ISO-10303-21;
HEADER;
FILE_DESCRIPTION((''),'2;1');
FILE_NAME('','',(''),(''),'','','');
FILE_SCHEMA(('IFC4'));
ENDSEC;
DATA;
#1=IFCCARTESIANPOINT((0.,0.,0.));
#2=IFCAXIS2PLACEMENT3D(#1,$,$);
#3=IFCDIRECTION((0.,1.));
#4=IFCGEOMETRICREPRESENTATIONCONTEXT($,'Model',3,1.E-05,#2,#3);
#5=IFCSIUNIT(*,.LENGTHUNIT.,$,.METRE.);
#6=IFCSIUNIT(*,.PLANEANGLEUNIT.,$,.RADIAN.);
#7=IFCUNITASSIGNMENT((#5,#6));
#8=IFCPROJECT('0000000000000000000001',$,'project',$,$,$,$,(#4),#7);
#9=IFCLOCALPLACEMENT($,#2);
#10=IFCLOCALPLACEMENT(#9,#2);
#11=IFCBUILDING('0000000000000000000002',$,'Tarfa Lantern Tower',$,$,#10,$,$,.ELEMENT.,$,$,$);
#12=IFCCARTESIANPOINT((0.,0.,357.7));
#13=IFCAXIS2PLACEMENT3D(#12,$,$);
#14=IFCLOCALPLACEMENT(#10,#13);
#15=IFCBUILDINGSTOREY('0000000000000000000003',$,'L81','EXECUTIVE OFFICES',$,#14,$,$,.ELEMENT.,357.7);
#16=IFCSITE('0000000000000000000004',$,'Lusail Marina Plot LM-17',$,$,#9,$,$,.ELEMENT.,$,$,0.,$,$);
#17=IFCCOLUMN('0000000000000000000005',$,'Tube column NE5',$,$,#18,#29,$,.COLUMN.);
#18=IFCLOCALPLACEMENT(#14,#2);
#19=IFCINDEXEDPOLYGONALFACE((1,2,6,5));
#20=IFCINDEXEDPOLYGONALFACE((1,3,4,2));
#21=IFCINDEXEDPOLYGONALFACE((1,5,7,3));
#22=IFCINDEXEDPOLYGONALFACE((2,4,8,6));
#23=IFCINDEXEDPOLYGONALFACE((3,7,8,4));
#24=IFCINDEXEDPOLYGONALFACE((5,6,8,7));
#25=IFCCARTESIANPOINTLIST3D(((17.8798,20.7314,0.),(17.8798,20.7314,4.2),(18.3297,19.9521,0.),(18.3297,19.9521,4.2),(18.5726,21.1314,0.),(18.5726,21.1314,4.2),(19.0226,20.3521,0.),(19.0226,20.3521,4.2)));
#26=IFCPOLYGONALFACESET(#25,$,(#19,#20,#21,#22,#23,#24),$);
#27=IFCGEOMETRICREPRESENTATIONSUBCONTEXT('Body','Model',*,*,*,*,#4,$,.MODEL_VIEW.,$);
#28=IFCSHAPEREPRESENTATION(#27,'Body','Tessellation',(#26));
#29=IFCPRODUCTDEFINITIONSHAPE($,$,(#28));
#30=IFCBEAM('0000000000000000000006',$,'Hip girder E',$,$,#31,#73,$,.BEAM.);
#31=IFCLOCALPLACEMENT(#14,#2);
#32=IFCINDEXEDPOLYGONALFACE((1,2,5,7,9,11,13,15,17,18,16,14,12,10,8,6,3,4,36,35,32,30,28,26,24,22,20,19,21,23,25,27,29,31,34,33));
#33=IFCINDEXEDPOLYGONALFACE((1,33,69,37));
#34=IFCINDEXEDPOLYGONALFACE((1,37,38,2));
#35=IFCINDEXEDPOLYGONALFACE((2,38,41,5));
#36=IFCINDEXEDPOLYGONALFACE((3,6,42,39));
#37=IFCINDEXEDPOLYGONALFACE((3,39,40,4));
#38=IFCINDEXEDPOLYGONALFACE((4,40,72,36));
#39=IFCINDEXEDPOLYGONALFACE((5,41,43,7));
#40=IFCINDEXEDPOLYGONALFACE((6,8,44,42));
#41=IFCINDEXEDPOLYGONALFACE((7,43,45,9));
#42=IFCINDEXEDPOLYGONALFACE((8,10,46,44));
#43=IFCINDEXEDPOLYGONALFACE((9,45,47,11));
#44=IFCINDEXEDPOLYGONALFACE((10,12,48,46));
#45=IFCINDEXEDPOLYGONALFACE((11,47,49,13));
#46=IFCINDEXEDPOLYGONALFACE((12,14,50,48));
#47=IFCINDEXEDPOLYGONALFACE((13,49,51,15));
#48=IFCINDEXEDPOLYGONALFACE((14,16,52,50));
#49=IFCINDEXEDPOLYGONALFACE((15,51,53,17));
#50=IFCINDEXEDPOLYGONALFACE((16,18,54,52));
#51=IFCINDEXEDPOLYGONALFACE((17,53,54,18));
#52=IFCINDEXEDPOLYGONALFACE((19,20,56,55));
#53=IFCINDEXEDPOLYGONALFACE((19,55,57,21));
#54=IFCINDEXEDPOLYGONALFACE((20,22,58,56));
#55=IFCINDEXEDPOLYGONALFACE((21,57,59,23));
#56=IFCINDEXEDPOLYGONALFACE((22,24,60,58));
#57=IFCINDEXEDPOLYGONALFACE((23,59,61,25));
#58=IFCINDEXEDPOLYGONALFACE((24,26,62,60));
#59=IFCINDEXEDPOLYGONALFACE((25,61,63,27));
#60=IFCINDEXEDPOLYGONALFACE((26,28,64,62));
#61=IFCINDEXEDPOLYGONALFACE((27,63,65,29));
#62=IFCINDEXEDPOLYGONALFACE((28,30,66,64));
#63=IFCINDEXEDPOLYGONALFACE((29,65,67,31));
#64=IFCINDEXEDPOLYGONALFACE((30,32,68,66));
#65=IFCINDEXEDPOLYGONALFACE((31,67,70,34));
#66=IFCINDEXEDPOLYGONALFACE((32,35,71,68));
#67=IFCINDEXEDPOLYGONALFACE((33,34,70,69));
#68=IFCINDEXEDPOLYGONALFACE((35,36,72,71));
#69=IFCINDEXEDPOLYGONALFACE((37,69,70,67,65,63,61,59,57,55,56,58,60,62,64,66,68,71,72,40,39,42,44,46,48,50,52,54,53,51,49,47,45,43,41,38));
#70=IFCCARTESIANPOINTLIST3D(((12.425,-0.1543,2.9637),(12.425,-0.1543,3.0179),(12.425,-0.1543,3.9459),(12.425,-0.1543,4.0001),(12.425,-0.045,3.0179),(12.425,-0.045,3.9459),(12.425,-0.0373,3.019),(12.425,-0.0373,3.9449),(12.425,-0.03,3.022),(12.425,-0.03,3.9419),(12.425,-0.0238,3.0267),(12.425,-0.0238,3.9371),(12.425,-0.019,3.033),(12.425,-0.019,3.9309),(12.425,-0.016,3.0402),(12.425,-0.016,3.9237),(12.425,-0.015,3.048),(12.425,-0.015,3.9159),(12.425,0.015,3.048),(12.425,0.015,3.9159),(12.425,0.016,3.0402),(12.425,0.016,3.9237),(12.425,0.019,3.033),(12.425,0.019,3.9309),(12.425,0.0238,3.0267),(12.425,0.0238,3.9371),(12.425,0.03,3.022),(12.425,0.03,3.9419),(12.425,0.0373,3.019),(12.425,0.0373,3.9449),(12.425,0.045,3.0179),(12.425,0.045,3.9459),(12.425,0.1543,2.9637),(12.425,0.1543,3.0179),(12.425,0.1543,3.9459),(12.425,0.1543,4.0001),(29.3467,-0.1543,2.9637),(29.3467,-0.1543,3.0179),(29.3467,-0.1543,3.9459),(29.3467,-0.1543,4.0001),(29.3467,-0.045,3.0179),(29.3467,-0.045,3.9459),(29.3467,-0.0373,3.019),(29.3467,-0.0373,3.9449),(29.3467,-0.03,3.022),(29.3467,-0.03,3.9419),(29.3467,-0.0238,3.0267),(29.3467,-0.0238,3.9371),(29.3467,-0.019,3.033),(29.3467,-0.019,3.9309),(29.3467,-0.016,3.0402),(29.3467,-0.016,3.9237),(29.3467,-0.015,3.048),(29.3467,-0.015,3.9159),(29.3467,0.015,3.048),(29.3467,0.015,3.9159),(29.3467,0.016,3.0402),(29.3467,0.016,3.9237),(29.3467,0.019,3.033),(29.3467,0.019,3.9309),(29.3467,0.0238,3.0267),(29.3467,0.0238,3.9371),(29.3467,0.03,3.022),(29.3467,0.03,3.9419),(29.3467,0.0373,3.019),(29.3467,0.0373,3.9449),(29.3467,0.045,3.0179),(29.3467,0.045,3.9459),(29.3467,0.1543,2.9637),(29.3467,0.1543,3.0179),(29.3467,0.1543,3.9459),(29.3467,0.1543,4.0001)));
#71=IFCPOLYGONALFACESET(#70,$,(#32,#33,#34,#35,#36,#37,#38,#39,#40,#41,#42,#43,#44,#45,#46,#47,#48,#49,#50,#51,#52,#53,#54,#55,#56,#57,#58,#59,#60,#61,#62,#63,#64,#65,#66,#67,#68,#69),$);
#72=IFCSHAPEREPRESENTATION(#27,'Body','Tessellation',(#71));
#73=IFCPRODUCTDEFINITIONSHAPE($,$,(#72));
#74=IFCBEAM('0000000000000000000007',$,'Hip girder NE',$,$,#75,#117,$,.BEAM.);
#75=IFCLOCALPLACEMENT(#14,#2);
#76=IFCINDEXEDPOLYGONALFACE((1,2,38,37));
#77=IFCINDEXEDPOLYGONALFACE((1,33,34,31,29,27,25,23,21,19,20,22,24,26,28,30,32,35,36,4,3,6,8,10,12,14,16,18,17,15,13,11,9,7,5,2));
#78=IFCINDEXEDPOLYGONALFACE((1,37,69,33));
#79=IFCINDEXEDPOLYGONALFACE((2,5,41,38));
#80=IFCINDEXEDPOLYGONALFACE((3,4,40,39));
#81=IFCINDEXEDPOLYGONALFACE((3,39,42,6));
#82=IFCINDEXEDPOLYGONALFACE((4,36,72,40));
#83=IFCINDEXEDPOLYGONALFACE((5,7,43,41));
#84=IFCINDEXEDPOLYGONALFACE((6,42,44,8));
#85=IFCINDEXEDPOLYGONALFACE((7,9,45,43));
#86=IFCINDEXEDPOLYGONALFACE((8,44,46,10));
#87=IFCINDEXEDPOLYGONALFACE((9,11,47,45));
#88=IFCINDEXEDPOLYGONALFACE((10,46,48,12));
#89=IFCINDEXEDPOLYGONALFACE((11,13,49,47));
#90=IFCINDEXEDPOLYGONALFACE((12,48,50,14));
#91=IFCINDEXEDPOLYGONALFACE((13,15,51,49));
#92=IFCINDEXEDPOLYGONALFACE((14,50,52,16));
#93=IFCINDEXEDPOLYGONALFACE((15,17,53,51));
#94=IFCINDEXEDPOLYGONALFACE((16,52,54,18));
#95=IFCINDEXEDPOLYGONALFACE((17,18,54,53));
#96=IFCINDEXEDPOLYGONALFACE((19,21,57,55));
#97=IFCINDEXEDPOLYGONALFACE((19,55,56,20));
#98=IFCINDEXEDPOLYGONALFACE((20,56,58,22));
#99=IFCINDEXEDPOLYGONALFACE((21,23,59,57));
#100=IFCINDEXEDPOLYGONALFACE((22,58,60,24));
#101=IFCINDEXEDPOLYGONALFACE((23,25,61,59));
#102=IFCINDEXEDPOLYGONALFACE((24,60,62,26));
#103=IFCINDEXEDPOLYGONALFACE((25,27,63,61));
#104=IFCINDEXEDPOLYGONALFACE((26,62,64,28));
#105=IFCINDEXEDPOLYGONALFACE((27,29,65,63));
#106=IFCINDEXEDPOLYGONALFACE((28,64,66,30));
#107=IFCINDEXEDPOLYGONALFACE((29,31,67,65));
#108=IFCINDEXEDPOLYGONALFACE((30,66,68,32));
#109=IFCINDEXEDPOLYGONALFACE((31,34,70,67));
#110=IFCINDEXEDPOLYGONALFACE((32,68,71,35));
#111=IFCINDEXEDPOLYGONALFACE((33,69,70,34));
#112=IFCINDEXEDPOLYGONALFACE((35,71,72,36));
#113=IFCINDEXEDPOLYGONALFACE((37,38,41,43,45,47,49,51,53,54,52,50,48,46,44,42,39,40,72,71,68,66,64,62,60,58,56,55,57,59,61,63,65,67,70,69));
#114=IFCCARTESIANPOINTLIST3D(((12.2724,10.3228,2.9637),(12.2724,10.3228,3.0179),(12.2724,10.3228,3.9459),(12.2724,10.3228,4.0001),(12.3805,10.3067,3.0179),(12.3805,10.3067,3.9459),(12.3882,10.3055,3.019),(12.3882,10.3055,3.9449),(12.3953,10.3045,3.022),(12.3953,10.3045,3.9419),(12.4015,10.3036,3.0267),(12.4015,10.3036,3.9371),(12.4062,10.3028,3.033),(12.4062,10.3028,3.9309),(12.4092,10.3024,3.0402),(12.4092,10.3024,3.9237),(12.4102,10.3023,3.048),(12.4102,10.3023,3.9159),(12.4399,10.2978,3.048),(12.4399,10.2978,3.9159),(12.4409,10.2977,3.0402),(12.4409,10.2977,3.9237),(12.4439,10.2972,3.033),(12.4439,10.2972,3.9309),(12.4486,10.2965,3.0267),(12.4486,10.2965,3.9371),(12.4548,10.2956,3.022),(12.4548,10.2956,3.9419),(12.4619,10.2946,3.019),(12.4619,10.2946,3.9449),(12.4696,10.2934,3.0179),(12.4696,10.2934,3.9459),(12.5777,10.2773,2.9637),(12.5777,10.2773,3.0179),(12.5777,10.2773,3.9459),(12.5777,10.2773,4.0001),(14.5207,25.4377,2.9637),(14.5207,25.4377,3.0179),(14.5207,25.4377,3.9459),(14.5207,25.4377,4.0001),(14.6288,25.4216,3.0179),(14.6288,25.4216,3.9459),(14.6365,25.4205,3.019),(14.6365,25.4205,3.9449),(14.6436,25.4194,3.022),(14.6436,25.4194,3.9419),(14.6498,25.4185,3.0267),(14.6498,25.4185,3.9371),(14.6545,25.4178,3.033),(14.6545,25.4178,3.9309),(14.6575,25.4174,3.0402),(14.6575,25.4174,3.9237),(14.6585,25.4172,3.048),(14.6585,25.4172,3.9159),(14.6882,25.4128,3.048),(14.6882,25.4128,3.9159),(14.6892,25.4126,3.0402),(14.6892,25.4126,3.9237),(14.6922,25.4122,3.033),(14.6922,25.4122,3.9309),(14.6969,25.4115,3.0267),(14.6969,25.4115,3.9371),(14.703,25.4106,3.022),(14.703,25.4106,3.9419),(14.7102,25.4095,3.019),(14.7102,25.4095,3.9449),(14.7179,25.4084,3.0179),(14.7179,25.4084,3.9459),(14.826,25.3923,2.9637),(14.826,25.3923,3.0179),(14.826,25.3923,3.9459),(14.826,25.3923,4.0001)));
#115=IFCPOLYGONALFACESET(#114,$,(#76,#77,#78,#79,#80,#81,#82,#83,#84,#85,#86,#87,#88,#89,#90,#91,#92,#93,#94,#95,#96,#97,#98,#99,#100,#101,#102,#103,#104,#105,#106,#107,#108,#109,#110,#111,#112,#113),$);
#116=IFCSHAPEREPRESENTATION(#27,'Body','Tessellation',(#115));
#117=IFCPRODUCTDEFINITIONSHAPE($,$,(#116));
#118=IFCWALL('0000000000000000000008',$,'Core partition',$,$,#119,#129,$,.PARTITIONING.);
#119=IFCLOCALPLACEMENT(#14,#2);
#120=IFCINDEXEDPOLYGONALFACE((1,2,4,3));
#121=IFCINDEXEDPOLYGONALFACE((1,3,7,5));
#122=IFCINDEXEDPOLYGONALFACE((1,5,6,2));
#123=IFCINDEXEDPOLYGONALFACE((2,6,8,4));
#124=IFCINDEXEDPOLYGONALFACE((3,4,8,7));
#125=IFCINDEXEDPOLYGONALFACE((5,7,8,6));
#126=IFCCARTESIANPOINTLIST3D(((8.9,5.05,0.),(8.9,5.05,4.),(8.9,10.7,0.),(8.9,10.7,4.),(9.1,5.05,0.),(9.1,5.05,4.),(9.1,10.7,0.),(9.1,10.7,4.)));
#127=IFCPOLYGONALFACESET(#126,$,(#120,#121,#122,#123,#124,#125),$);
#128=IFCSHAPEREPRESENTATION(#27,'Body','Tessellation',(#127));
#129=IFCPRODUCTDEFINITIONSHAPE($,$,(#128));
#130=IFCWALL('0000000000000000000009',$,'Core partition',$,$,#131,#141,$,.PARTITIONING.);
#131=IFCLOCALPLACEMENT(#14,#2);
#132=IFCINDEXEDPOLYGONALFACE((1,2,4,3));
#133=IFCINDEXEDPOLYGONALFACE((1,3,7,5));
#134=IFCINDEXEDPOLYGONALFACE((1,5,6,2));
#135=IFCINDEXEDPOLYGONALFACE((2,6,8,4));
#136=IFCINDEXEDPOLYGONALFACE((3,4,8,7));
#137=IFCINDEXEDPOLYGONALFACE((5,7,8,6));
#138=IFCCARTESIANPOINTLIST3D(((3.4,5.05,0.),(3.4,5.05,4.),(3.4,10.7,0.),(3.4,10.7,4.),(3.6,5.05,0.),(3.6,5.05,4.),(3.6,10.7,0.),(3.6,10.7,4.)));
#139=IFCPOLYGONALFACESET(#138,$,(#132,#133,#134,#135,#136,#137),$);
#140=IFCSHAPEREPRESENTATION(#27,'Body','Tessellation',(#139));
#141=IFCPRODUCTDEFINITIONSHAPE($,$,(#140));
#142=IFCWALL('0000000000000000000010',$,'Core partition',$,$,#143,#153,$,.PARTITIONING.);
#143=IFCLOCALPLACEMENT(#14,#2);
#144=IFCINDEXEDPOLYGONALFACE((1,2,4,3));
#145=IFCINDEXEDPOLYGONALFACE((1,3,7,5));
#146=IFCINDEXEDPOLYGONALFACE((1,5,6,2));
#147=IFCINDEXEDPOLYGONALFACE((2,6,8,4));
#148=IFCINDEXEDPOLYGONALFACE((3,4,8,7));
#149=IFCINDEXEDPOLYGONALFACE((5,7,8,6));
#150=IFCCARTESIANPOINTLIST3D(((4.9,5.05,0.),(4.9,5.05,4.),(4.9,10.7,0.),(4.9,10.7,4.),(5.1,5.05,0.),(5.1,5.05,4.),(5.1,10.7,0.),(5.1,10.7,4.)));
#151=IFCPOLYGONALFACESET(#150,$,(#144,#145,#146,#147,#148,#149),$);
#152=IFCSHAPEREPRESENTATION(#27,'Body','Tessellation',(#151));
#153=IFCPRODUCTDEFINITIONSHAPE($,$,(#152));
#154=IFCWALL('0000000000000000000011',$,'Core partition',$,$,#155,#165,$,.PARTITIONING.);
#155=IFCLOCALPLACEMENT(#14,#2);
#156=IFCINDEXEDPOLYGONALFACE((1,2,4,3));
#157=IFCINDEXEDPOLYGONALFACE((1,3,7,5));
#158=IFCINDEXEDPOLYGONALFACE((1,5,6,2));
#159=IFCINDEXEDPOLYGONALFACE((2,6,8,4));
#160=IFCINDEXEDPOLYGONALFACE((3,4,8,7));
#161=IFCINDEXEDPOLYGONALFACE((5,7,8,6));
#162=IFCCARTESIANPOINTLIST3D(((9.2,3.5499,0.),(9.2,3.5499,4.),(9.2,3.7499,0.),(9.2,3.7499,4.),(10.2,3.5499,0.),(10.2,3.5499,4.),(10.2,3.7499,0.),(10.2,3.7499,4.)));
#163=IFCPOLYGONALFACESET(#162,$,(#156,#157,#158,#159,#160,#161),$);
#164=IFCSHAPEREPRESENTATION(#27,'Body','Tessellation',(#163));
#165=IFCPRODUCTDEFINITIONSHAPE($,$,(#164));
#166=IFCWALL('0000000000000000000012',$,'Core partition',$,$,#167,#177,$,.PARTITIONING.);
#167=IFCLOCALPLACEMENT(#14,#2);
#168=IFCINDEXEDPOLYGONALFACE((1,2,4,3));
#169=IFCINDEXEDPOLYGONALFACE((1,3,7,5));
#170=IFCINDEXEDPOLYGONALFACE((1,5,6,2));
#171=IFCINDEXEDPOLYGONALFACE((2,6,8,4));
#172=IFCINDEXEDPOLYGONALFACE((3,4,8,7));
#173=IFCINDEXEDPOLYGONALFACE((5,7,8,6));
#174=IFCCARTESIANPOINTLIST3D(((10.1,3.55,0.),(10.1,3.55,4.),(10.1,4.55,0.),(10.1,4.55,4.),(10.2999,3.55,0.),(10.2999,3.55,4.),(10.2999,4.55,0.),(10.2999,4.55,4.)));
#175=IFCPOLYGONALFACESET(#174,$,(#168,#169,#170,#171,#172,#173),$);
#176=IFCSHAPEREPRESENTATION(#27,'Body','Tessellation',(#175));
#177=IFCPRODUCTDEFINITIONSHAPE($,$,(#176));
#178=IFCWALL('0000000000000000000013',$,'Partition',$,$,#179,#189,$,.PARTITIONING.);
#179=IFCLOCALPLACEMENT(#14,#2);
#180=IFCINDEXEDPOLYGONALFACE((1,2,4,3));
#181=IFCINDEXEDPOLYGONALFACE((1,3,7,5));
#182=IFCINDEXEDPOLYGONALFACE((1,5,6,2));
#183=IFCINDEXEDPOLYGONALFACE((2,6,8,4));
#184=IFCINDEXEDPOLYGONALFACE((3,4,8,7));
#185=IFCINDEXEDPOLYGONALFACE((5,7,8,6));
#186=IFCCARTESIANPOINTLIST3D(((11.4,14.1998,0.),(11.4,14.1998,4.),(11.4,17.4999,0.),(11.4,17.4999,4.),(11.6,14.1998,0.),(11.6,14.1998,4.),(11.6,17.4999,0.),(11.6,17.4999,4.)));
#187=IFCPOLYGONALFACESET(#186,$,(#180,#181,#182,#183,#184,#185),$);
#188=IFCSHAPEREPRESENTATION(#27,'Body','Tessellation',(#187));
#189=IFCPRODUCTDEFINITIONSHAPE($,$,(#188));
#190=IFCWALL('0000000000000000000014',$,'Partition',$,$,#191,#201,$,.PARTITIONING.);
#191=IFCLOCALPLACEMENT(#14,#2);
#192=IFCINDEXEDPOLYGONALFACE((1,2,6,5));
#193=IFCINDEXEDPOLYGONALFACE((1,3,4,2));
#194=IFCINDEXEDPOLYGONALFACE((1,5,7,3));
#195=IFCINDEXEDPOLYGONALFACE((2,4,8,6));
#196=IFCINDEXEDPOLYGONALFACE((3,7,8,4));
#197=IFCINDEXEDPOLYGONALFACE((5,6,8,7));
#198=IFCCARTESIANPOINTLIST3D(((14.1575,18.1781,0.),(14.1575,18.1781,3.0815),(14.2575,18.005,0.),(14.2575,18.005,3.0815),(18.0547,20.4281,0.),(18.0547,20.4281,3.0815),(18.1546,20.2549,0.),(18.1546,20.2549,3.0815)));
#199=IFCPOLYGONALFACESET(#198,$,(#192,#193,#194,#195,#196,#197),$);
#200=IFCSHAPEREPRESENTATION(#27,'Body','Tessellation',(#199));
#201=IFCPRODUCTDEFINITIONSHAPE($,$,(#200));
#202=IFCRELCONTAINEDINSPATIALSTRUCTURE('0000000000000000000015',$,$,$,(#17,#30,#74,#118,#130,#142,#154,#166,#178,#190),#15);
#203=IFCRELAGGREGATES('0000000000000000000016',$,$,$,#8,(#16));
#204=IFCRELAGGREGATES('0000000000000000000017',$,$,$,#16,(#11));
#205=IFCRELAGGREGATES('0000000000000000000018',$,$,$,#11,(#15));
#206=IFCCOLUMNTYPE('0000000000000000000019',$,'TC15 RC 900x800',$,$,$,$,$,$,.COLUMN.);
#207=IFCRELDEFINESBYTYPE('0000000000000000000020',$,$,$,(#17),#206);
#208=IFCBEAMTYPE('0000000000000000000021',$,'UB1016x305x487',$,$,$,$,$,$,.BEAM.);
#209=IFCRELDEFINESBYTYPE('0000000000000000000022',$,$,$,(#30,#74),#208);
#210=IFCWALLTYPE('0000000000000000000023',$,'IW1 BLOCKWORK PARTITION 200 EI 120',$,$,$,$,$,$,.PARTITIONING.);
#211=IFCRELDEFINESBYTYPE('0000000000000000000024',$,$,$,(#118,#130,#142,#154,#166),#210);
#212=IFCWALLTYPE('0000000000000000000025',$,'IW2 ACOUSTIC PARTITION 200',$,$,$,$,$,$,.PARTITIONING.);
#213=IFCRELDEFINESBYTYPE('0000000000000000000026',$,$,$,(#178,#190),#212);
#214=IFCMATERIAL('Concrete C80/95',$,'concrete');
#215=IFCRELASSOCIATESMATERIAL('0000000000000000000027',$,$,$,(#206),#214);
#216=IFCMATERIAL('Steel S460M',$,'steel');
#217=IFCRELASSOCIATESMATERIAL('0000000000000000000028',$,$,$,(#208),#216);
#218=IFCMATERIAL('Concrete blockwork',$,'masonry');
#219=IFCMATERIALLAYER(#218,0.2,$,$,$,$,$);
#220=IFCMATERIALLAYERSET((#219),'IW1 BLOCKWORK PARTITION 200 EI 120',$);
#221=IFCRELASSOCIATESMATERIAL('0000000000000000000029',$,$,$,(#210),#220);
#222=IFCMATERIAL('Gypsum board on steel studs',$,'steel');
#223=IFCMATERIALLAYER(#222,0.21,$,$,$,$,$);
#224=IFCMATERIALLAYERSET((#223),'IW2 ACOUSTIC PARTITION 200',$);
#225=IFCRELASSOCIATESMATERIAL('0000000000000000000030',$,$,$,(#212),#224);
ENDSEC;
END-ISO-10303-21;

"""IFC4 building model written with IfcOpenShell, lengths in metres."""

from ifc_helpers import new_model, si_unit, direction, frame, frame_2d, origin, origin_2d, place, context, subcontext, project, spatial, rectangle, i_section, extrude, material, layer, layer_set, material_profile, profile_set, type_object, element, save


model = new_model("IFC4")

# Units and contexts
model_context = context("Model", 3, precision=1e-05, world=origin(), true_north=direction((0.0, 1.0)))
body_context = subcontext(model_context, "Body", "Model", "MODEL_VIEW")
ifc_project = project(units=[si_unit("LENGTHUNIT", "METRE"), si_unit("PLANEANGLEUNIT", "RADIAN")], contexts=[model_context])

# Site, building, storey
site_placement = place(None, origin())
site = spatial("IfcSite", under=ifc_project, at=site_placement, Name="Lusail Marina Plot LM-17", CompositionType="ELEMENT", RefElevation=0.0)
building_placement = place(site_placement, origin())
building = spatial("IfcBuilding", under=site, at=building_placement, Name="Tarfa Lantern Tower", CompositionType="ELEMENT")
storey_placement = place(building_placement, frame((0.0, 0.0, 357.7)))
storey = spatial("IfcBuildingStorey", under=building, at=storey_placement, Name="L81", Description="EXECUTIVE OFFICES", CompositionType="ELEMENT", Elevation=357.7)

# Column
ifc_material_1 = material(Name="Concrete C80/95", Category="concrete")
ifc_material_profile_1 = material_profile(ifc_material_1, rectangle(XDim=0.8999, YDim=0.8, at=origin_2d()), Name="RC 900x800")
ifc_profile_set_1 = profile_set([ifc_material_profile_1], Name="Concrete C80/95")
column_type = type_object("IfcColumnType", Name="TC15 RC 900x800", PredefinedType="COLUMN", material=ifc_profile_set_1)
column_placement = place(storey_placement, frame((18.4512, 20.5417, 0.0), z_axis=(0.0, 0.0, 1.0), x_axis=(-0.5, 0.866025, 0.0)))
element("IfcColumn", 1, at=column_placement, inside=storey, type_object=column_type, Name="Tube column NE5", PredefinedType="COLUMN", context=body_context, shape_type="SweptSolid", body=[
    extrude(rectangle(XDim=0.8999, YDim=0.8, at=origin_2d()), origin(), (0.0, 0.0, 1.0), 4.2),
])

# Beams
ifc_material_2 = material(Name="Steel S460M", Category="steel")
ifc_material_profile_2 = material_profile(ifc_material_2, i_section(OverallWidth=0.3086, OverallDepth=1.0364, WebThickness=0.03, FlangeThickness=0.0542, FilletRadius=0.03, at=origin_2d()), Name="UB1016x305x487")
ifc_profile_set_2 = profile_set([ifc_material_profile_2], Name="Steel S460M")
beam_type = type_object("IfcBeamType", Name="UB1016x305x487", PredefinedType="BEAM", material=ifc_profile_set_2)
beam_1_placement = place(storey_placement, frame((12.425, 0.0, 3.4819), z_axis=(1.0, 0.0, 0.0), x_axis=(0.0, 1.0, 0.0)))
element("IfcBeam", 2, at=beam_1_placement, inside=storey, type_object=beam_type, Name="Hip girder E", PredefinedType="BEAM", context=body_context, shape_type="SweptSolid", body=[
    extrude(i_section(OverallWidth=0.3086, OverallDepth=1.0364, WebThickness=0.03, FlangeThickness=0.0542, FilletRadius=0.03, at=origin_2d()), origin(), (0.0, 0.0, 1.0), 16.9216),
])
beam_2_placement = place(storey_placement, frame((12.425, 10.3, 3.4819), z_axis=(0.147127, 0.989118, 0.0), x_axis=(-0.989118, 0.147127, 0.0)))
element("IfcBeam", 3, at=beam_2_placement, inside=storey, type_object=beam_type, Name="Hip girder NE", PredefinedType="BEAM", context=body_context, shape_type="SweptSolid", body=[
    extrude(i_section(OverallWidth=0.3086, OverallDepth=1.0364, WebThickness=0.03, FlangeThickness=0.0542, FilletRadius=0.03, at=origin_2d()), origin(), (0.0, 0.0, 1.0), 15.2812),
])

# Walls
ifc_material_3 = material(Name="Concrete blockwork", Category="masonry")
ifc_layer_1 = layer(ifc_material_3, 0.2)
ifc_layer_set_1 = layer_set([ifc_layer_1], Name="IW1 BLOCKWORK PARTITION 200 EI 120")
wall_type_1 = type_object("IfcWallType", Name="IW1 BLOCKWORK PARTITION 200 EI 120", PredefinedType="PARTITIONING", material=ifc_layer_set_1)
for number, where, z_axis, x_axis, name in (
    (4, (9.0, 5.05, 0.0), (0.0, 0.0, 1.0), (0.0, 1.0, 0.0), "Core partition"),
    (5, (3.5, 5.05, 0.0), (0.0, 0.0, 1.0), (0.0, 1.0, 0.0), "Core partition"),
    (6, (5.0, 5.05, 0.0), (0.0, 0.0, 1.0), (0.0, 1.0, 0.0), "Core partition"),
):
    element("IfcWall", number, at=place(storey_placement, frame(where, z_axis=z_axis, x_axis=x_axis)), inside=storey, type_object=wall_type_1, Name=name, PredefinedType="PARTITIONING", context=body_context, shape_type="SweptSolid", body=[
        extrude(rectangle(XDim=5.6499, YDim=0.2, at=frame_2d((2.825, 0.0))), origin(), (0.0, 0.0, 1.0), 4.0),
    ])
for number, where, z_axis, x_axis, name in (
    (7, (9.2, 3.6499, 0.0), (0.0, 0.0, 1.0), (1.0, 0.0, 0.0), "Core partition"),
    (8, (10.2, 3.55, 0.0), (0.0, 0.0, 1.0), (0.0, 1.0, 0.0), "Core partition"),
):
    element("IfcWall", number, at=place(storey_placement, frame(where, z_axis=z_axis, x_axis=x_axis)), inside=storey, type_object=wall_type_1, Name=name, PredefinedType="PARTITIONING", context=body_context, shape_type="SweptSolid", body=[
        extrude(rectangle(XDim=1.0, YDim=0.2, at=frame_2d((0.5, 0.0))), origin(), (0.0, 0.0, 1.0), 4.0),
    ])
ifc_material_4 = material(Name="Gypsum board on steel studs", Category="steel")
ifc_layer_2 = layer(ifc_material_4, 0.21)
ifc_layer_set_2 = layer_set([ifc_layer_2], Name="IW2 ACOUSTIC PARTITION 200")
wall_type_2 = type_object("IfcWallType", Name="IW2 ACOUSTIC PARTITION 200", PredefinedType="PARTITIONING", material=ifc_layer_set_2)
wall_1_placement = place(storey_placement, frame((11.5, 14.2, 0.0), z_axis=(0.0, 0.0, 1.0), x_axis=(0.0, 1.0, 0.0)))
element("IfcWall", 9, at=wall_1_placement, inside=storey, type_object=wall_type_2, Name="Partition", PredefinedType="PARTITIONING", context=body_context, shape_type="SweptSolid", body=[
    extrude(rectangle(XDim=3.3, YDim=0.2, at=frame_2d((1.6499, 0.0))), origin(), (0.0, 0.0, 1.0), 4.0),
])

# Wall
wall_2_placement = place(storey_placement, frame((14.2075, 18.0916, 0.0), z_axis=(0.0, 0.0, 1.0), x_axis=(0.866031, 0.49999, 0.0)))
element("IfcWall", 10, at=wall_2_placement, inside=storey, type_object=wall_type_2, Name="Partition", PredefinedType="PARTITIONING", context=body_context, shape_type="SweptSolid", body=[
    extrude(rectangle(XDim=4.5, YDim=0.2, at=frame_2d((2.25, 0.0))), origin(), (0.0, 0.0, 1.0), 3.0815),
])

save(model, "model.ifc")
